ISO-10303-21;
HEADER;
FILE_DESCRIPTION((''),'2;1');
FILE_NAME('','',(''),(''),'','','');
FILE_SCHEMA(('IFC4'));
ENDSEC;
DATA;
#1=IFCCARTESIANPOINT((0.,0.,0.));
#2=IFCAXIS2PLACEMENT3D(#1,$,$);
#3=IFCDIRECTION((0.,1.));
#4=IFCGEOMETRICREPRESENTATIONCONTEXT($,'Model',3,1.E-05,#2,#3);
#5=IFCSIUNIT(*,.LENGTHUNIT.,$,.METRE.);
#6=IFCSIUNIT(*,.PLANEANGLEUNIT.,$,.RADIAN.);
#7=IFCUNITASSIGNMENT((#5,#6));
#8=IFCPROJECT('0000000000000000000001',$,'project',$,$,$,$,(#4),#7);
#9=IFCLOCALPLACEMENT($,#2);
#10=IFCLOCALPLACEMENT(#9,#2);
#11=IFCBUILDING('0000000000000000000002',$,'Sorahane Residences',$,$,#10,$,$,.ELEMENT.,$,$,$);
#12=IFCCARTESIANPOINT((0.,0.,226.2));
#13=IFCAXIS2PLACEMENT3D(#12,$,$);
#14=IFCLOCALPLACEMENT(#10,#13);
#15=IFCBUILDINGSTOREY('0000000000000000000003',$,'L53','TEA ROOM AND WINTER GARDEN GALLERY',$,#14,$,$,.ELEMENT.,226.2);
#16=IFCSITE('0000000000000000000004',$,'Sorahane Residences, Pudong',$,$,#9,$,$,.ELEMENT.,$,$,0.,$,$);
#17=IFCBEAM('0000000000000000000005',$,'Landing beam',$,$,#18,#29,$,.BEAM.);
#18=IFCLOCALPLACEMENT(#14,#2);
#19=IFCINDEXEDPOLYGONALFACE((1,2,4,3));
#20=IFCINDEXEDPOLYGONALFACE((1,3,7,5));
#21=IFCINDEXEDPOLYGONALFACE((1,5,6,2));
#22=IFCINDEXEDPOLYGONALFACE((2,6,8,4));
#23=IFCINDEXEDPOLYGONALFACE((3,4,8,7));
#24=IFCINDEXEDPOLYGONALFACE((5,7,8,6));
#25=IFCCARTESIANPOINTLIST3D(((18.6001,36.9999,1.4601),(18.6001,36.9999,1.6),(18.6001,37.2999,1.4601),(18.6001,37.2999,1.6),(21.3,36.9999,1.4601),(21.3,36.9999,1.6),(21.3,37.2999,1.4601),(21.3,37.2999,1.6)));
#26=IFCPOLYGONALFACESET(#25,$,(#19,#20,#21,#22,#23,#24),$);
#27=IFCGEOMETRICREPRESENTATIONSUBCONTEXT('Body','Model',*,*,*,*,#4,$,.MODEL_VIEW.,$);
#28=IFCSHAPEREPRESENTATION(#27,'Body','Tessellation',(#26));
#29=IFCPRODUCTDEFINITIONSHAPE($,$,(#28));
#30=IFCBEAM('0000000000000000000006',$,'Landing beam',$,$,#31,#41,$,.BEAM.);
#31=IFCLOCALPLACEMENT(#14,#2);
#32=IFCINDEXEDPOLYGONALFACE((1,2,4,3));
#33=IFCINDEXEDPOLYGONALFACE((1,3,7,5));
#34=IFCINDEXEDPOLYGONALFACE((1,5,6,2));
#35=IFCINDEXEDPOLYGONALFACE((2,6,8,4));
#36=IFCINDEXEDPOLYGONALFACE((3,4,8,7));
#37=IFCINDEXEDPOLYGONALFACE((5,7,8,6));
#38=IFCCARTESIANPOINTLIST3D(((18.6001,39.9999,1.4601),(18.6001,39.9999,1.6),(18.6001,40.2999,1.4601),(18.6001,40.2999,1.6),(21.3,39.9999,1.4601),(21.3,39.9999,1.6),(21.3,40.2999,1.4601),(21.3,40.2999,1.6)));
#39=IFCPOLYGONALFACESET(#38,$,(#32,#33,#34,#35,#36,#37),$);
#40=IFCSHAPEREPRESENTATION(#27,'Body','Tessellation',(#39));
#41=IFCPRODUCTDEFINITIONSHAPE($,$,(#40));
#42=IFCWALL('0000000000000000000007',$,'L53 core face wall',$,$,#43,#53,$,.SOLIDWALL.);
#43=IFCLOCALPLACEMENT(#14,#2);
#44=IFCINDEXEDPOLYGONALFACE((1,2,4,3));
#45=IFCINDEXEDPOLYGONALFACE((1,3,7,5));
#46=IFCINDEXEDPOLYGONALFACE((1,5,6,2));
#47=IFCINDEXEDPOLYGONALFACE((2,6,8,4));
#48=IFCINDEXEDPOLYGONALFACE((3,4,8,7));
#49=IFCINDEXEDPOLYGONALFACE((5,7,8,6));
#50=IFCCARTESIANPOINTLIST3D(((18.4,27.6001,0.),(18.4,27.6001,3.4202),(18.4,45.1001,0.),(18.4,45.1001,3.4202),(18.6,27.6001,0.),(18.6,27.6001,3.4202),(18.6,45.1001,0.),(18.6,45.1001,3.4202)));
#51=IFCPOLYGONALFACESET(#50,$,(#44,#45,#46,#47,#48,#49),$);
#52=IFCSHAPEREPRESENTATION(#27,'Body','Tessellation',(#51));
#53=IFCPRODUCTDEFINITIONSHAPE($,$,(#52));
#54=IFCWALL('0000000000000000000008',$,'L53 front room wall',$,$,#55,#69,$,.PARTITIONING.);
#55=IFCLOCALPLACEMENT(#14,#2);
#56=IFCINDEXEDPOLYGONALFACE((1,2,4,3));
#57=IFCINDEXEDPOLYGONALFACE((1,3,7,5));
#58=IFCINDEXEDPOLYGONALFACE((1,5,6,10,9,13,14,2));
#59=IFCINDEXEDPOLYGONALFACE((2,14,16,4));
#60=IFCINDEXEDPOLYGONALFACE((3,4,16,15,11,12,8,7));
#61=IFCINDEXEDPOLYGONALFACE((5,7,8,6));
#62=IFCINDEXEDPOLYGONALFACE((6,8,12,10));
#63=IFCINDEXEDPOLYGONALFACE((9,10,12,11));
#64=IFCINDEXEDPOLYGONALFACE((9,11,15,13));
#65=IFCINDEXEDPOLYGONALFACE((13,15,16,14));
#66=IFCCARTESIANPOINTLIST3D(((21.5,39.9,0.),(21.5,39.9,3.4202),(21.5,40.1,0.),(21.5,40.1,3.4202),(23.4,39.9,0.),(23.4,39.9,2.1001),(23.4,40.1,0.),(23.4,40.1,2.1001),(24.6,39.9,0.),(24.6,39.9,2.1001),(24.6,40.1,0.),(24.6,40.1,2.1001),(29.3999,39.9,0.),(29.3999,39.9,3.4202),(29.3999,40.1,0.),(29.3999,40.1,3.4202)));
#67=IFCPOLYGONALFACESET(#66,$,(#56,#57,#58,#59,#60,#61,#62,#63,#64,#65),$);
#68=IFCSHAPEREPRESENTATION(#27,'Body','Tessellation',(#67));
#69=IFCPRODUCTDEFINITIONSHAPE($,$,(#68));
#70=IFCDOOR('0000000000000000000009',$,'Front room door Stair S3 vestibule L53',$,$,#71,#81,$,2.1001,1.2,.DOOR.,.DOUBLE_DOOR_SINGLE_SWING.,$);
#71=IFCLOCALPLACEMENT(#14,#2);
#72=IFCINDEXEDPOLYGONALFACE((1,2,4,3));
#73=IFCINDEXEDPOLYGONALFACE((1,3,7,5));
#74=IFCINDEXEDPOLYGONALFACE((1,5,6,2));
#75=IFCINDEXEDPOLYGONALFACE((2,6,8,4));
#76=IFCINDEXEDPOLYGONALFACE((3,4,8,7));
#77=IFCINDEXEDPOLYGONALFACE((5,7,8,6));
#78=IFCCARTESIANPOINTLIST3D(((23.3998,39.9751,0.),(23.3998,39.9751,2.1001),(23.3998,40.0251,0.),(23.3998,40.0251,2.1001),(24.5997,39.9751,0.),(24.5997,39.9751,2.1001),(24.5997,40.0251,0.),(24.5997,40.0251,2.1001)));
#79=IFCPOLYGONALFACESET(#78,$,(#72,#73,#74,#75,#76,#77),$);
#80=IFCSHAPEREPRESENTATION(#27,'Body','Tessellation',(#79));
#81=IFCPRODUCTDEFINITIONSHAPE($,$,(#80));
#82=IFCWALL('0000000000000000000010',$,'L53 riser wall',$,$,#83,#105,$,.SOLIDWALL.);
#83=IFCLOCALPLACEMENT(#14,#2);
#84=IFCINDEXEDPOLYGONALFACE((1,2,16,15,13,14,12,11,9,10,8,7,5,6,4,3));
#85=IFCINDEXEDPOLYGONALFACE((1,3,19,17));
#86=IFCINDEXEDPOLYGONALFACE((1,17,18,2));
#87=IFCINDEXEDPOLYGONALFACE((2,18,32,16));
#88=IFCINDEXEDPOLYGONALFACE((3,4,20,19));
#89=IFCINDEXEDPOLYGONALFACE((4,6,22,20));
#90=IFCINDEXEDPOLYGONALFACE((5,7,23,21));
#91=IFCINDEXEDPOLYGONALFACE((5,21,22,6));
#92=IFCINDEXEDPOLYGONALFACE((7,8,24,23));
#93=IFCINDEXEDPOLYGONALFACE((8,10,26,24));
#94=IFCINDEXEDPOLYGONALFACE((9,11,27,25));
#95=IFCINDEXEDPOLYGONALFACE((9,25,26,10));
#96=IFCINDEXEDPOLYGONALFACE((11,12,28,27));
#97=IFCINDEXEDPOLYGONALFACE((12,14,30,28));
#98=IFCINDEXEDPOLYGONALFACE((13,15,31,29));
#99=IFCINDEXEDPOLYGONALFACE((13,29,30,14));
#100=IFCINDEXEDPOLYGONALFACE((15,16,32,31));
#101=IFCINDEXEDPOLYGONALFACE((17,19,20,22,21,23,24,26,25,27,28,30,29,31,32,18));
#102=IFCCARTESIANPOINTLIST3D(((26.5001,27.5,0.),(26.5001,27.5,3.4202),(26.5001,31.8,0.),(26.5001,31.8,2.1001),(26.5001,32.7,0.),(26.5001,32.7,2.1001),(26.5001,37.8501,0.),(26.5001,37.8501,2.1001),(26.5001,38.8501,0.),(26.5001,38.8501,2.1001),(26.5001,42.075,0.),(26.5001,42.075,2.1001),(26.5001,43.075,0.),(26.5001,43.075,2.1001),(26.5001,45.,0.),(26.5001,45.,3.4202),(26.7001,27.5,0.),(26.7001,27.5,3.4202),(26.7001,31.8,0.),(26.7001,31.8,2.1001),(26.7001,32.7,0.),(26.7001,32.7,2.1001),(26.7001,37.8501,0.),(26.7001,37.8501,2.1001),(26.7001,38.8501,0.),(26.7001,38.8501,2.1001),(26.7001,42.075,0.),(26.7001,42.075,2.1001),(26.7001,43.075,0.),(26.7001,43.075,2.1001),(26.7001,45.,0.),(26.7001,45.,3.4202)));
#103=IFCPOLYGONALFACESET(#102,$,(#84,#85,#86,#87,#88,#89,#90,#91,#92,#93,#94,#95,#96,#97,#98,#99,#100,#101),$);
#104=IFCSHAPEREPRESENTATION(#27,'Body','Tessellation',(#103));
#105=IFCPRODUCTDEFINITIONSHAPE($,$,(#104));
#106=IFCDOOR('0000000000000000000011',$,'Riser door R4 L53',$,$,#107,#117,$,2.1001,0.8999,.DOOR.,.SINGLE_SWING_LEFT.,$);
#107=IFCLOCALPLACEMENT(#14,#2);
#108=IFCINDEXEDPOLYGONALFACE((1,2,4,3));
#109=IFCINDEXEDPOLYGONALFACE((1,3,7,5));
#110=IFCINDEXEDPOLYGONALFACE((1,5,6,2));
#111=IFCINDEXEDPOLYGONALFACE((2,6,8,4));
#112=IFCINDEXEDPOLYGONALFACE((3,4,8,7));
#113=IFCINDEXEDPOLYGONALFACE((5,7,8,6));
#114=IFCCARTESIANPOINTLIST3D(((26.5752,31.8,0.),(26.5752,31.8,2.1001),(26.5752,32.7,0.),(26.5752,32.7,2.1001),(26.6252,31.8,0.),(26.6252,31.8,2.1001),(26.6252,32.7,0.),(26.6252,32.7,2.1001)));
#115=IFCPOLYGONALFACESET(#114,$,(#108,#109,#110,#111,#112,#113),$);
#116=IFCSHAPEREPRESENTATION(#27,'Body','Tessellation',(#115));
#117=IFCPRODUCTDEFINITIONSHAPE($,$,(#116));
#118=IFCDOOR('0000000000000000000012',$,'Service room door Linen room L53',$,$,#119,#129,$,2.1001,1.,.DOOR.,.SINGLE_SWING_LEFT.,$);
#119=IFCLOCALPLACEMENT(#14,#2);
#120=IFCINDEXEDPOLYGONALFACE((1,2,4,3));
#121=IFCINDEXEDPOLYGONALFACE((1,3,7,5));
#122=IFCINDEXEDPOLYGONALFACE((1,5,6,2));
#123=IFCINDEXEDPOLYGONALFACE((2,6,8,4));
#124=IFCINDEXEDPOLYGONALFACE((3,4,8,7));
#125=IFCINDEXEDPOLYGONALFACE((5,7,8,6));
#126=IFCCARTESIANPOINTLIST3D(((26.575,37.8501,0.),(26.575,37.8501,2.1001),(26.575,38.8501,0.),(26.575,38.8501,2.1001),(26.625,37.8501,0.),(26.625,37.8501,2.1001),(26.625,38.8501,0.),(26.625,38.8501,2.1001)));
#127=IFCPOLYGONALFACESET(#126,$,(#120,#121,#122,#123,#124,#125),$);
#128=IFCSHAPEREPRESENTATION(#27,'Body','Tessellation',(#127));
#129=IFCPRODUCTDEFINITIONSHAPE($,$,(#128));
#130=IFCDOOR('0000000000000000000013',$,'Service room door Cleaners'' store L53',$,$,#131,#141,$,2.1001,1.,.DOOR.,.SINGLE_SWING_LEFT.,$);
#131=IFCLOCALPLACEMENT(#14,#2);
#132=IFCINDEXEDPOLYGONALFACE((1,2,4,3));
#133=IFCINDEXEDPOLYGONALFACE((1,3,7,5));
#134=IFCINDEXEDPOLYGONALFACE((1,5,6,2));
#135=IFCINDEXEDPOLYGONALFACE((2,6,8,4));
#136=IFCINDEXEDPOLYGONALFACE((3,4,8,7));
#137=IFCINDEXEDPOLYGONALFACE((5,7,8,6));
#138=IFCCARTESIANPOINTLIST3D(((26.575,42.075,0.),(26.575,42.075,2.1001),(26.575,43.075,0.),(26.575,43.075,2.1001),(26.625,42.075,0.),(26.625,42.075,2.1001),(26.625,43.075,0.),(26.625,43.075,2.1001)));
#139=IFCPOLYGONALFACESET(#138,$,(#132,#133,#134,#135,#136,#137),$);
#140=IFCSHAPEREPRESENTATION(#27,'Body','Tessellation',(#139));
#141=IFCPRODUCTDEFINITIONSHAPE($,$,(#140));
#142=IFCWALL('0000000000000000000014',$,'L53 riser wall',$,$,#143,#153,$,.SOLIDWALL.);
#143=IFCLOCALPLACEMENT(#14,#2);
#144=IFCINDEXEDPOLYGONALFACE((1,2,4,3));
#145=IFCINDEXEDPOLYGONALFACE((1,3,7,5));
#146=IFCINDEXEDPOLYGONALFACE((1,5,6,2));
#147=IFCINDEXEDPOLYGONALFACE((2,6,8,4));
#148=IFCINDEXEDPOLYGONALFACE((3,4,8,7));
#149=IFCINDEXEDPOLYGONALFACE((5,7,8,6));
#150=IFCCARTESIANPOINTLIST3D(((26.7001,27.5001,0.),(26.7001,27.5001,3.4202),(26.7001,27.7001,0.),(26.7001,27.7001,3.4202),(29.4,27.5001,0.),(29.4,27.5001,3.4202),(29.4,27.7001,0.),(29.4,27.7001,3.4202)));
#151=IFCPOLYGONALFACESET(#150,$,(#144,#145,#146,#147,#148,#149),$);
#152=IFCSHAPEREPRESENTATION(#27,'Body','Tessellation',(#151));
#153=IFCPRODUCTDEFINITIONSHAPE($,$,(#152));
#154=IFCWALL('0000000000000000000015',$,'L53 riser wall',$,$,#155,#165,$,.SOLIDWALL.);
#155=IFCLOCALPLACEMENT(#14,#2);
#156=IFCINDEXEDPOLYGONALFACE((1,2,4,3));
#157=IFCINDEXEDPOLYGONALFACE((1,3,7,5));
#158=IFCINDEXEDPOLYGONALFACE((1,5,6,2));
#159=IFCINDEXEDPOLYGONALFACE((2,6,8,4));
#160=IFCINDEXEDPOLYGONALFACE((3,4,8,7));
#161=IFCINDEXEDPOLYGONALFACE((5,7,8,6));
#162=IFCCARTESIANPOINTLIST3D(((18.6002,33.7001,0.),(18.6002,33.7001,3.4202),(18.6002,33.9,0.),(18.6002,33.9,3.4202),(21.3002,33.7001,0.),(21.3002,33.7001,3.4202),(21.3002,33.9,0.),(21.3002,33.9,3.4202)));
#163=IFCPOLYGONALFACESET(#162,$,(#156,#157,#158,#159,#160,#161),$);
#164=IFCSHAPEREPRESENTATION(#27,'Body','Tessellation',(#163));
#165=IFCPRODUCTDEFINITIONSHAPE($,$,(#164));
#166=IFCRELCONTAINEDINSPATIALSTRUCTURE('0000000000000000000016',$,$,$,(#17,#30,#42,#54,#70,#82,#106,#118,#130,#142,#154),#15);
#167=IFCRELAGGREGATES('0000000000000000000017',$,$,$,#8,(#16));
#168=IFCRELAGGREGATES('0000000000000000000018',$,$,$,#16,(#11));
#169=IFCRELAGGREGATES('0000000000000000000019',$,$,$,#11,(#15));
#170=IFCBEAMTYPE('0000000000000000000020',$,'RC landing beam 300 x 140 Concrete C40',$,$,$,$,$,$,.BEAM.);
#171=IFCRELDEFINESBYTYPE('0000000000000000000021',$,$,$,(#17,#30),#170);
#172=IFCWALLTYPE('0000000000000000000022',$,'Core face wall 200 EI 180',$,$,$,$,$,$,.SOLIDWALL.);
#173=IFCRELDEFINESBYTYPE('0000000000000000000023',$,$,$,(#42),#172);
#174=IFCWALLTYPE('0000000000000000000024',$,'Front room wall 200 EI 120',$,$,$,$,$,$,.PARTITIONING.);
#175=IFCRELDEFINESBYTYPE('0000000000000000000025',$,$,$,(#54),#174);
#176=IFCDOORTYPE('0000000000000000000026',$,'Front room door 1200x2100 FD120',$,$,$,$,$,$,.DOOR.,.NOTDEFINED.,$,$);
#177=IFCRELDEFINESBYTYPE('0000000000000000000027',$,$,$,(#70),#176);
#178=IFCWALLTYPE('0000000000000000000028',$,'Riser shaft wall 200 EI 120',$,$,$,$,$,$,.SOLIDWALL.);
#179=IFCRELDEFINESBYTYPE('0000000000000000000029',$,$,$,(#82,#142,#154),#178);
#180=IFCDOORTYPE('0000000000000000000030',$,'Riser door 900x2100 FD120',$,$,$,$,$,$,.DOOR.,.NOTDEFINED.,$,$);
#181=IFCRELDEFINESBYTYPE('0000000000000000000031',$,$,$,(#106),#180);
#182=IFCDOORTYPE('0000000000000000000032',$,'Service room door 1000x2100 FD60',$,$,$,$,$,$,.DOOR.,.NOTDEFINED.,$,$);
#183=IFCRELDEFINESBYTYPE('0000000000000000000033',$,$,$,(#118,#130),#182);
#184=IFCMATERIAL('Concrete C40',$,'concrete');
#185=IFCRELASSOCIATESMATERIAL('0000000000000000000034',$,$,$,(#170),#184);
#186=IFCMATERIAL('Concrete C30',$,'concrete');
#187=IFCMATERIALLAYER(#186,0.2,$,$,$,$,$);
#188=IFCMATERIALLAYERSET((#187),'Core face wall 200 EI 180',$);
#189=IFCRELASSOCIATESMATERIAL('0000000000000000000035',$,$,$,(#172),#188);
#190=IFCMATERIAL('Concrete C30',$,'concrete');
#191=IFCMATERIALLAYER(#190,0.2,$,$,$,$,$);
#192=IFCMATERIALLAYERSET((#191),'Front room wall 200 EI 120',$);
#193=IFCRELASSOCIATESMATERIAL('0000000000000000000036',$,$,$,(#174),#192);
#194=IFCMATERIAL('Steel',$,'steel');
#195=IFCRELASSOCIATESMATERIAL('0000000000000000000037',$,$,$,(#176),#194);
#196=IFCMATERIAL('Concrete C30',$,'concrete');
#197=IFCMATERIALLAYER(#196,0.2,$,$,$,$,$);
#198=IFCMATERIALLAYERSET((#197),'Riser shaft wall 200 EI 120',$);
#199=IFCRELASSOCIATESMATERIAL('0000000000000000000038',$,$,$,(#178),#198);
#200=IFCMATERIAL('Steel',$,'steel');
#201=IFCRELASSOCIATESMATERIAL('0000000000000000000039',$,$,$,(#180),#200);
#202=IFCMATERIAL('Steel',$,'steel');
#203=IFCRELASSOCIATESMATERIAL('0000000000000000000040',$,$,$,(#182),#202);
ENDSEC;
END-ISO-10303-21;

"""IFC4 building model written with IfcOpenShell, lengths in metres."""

from ifc_helpers import new_model, si_unit, direction, frame, frame_2d, origin, origin_2d, place, context, subcontext, project, spatial, rectangle, extrude, material, layer, layer_set, material_profile, profile_set, type_object, element, fill, save


model = new_model("IFC4")

# Units and contexts
model_context = context("Model", 3, precision=1e-05, world=origin(), true_north=direction((0.0, 1.0)))
body_context = subcontext(model_context, "Body", "Model", "MODEL_VIEW")
ifc_project = project(units=[si_unit("LENGTHUNIT", "METRE"), si_unit("PLANEANGLEUNIT", "RADIAN")], contexts=[model_context])

# Site, building, storey
site_placement = place(None, origin())
site = spatial("IfcSite", under=ifc_project, at=site_placement, Name="Sorahane Residences, Pudong", CompositionType="ELEMENT", RefElevation=0.0)
building_placement = place(site_placement, origin())
building = spatial("IfcBuilding", under=site, at=building_placement, Name="Sorahane Residences", CompositionType="ELEMENT")
storey_placement = place(building_placement, frame((0.0, 0.0, 226.2)))
storey = spatial("IfcBuildingStorey", under=building, at=storey_placement, Name="L53", Description="TEA ROOM AND WINTER GARDEN GALLERY", CompositionType="ELEMENT", Elevation=226.2)

# Beams
ifc_material_1 = material(Name="Concrete C40", Category="concrete")
ifc_material_profile = material_profile(ifc_material_1, rectangle(XDim=0.3, YDim=0.1399, at=origin_2d()), Name="300x140")
ifc_profile_set = profile_set([ifc_material_profile], Name="Concrete C40")
beam_type = type_object("IfcBeamType", Name="RC landing beam 300 x 140 Concrete C40", PredefinedType="BEAM", material=ifc_profile_set)
for number, where, z_axis, x_axis, name in (
    (1, (18.6001, 37.1499, 1.53), (1.0, 0.0, 0.0), (0.0, 1.0, 0.0), "Landing beam"),
    (2, (18.6001, 40.1499, 1.53), (1.0, 0.0, 0.0), (0.0, 1.0, 0.0), "Landing beam"),
):
    element("IfcBeam", number, at=place(storey_placement, frame(where, z_axis=z_axis, x_axis=x_axis)), inside=storey, type_object=beam_type, Name=name, PredefinedType="BEAM", context=body_context, shape_type="SweptSolid", body=[
        extrude(rectangle(XDim=0.3, YDim=0.1399, at=origin_2d()), origin(), (0.0, 0.0, 1.0), 2.7),
    ])

# Wall
ifc_material_2 = material(Name="Concrete C30", Category="concrete")
ifc_layer_1 = layer(ifc_material_2, 0.2)
ifc_layer_set_1 = layer_set([ifc_layer_1], Name="Core face wall 200 EI 180")
wall_type_1 = type_object("IfcWallType", Name="Core face wall 200 EI 180", PredefinedType="SOLIDWALL", material=ifc_layer_set_1)
wall_1_placement = place(storey_placement, frame((18.5, 27.6001, 0.0), z_axis=(0.0, 0.0, 1.0), x_axis=(0.0, 1.0, 0.0)))
element("IfcWall", 3, at=wall_1_placement, inside=storey, type_object=wall_type_1, Name="L53 core face wall", PredefinedType="SOLIDWALL", context=body_context, shape_type="SweptSolid", body=[
    extrude(rectangle(XDim=17.5, YDim=0.2, at=frame_2d((8.75, 0.0))), origin(), (0.0, 0.0, 1.0), 3.4202),
])

# Wall, opening, door
ifc_material_3 = material(Name="Concrete C30", Category="concrete")
ifc_layer_2 = layer(ifc_material_3, 0.2)
ifc_layer_set_2 = layer_set([ifc_layer_2], Name="Front room wall 200 EI 120")
wall_type_2 = type_object("IfcWallType", Name="Front room wall 200 EI 120", PredefinedType="PARTITIONING", material=ifc_layer_set_2)
wall_2_placement = place(storey_placement, frame((21.5, 40.0, 0.0), z_axis=(0.0, 0.0, 1.0), x_axis=(1.0, 0.0, 0.0)))
wall_2 = element("IfcWall", 4, at=wall_2_placement, inside=storey, type_object=wall_type_2, Name="L53 front room wall", PredefinedType="PARTITIONING", context=body_context, shape_type="SweptSolid", body=[
    extrude(rectangle(XDim=7.8999, YDim=0.2, at=frame_2d((3.95, 0.0))), origin(), (0.0, 0.0, 1.0), 3.4202),
])
opening_1_placement = place(wall_2_placement, frame((1.8999, 0.0, 0.0)))
opening_1 = element("IfcOpeningElement", 5, at=opening_1_placement, cuts=wall_2, PredefinedType="OPENING", context=body_context, shape_type="SweptSolid", body=[
    extrude(rectangle(XDim=1.2, YDim=2.1001, at=frame_2d((0.6001, 1.05))), frame((0.0, 0.1099, 0.0), z_axis=(0.0, -1.0, 0.0), x_axis=(1.0, 0.0, 0.0)), (0.0, 0.0, 1.0), 0.22),
])
ifc_material_4 = material(Name="Steel", Category="steel")
door_type_1 = type_object("IfcDoorType", Name="Front room door 1200x2100 FD120", OperationType="NOTDEFINED", PredefinedType="DOOR", material=ifc_material_4)
door_1_placement = place(opening_1_placement, frame((1.2, 0.0, 0.0), z_axis=(0.0, 0.0, 1.0), x_axis=(-1.0, 0.0, 0.0)))
door_1 = element("IfcDoor", 6, at=door_1_placement, inside=storey, type_object=door_type_1, Name="Front room door Stair S3 vestibule L53", OperationType="DOUBLE_DOOR_SINGLE_SWING", OverallHeight=2.1001, OverallWidth=1.2, PredefinedType="DOOR", context=body_context, shape_type="SweptSolid", body=[
    extrude(rectangle(XDim=1.2, YDim=2.1001, at=frame_2d((0.6001, 1.05))), frame((0.0, 0.0249, 0.0), z_axis=(0.0, -1.0, 0.0), x_axis=(1.0, 0.0, 0.0)), (0.0, 0.0, 1.0), 0.05),
])
fill(opening_1, door_1)

# Wall, openings, doors
ifc_material_5 = material(Name="Concrete C30", Category="concrete")
ifc_layer_3 = layer(ifc_material_5, 0.2)
ifc_layer_set_3 = layer_set([ifc_layer_3], Name="Riser shaft wall 200 EI 120")
wall_type_3 = type_object("IfcWallType", Name="Riser shaft wall 200 EI 120", PredefinedType="SOLIDWALL", material=ifc_layer_set_3)
wall_3_placement = place(storey_placement, frame((26.6001, 27.5, 0.0), z_axis=(0.0, 0.0, 1.0), x_axis=(0.0, 1.0, 0.0)))
wall_3 = element("IfcWall", 7, at=wall_3_placement, inside=storey, type_object=wall_type_3, Name="L53 riser wall", PredefinedType="SOLIDWALL", context=body_context, shape_type="SweptSolid", body=[
    extrude(rectangle(XDim=17.5, YDim=0.2, at=frame_2d((8.75, 0.0))), origin(), (0.0, 0.0, 1.0), 3.4202),
])
opening_2_placement = place(wall_3_placement, frame((4.3, 0.0, 0.0)))
opening_2 = element("IfcOpeningElement", 8, at=opening_2_placement, cuts=wall_3, PredefinedType="OPENING", context=body_context, shape_type="SweptSolid", body=[
    extrude(rectangle(XDim=0.8999, YDim=2.1001, at=frame_2d((0.45, 1.05))), frame((0.0, 0.1099, 0.0), z_axis=(0.0, -1.0, 0.0), x_axis=(1.0, 0.0, 0.0)), (0.0, 0.0, 1.0), 0.22),
])
opening_3_placement = place(wall_3_placement, frame((10.3501, 0.0, 0.0)))
opening_3 = element("IfcOpeningElement", 9, at=opening_3_placement, cuts=wall_3, PredefinedType="OPENING", context=body_context, shape_type="SweptSolid", body=[
    extrude(rectangle(XDim=1.0, YDim=2.1001, at=frame_2d((0.5, 1.05))), frame((0.0, 0.1099, 0.0), z_axis=(0.0, -1.0, 0.0), x_axis=(1.0, 0.0, 0.0)), (0.0, 0.0, 1.0), 0.22),
])
opening_4_placement = place(wall_3_placement, frame((14.575, 0.0, 0.0)))
opening_4 = element("IfcOpeningElement", 10, at=opening_4_placement, cuts=wall_3, PredefinedType="OPENING", context=body_context, shape_type="SweptSolid", body=[
    extrude(rectangle(XDim=1.0, YDim=2.1001, at=frame_2d((0.5, 1.05))), frame((0.0, 0.1099, 0.0), z_axis=(0.0, -1.0, 0.0), x_axis=(1.0, 0.0, 0.0)), (0.0, 0.0, 1.0), 0.22),
])
ifc_material_6 = material(Name="Steel", Category="steel")
door_type_2 = type_object("IfcDoorType", Name="Riser door 900x2100 FD120", OperationType="NOTDEFINED", PredefinedType="DOOR", material=ifc_material_6)
door_2_placement = place(opening_2_placement, origin())
door_2 = element("IfcDoor", 11, at=door_2_placement, inside=storey, type_object=door_type_2, Name="Riser door R4 L53", OperationType="SINGLE_SWING_LEFT", OverallHeight=2.1001, OverallWidth=0.8999, PredefinedType="DOOR", context=body_context, shape_type="SweptSolid", body=[
    extrude(rectangle(XDim=0.8999, YDim=2.1001, at=frame_2d((0.45, 1.05))), frame((0.0, 0.0249, 0.0), z_axis=(0.0, -1.0, 0.0), x_axis=(1.0, 0.0, 0.0)), (0.0, 0.0, 1.0), 0.05),
])
fill(opening_2, door_2)
ifc_material_7 = material(Name="Steel", Category="steel")
door_type_3 = type_object("IfcDoorType", Name="Service room door 1000x2100 FD60", OperationType="NOTDEFINED", PredefinedType="DOOR", material=ifc_material_7)
door_3_placement = place(opening_3_placement, frame((1.0, 0.0, 0.0), z_axis=(0.0, 0.0, 1.0), x_axis=(-1.0, 0.0, 0.0)))
door_3 = element("IfcDoor", 12, at=door_3_placement, inside=storey, type_object=door_type_3, Name="Service room door Linen room L53", OperationType="SINGLE_SWING_LEFT", OverallHeight=2.1001, OverallWidth=1.0, PredefinedType="DOOR", context=body_context, shape_type="SweptSolid", body=[
    extrude(rectangle(XDim=1.0, YDim=2.1001, at=frame_2d((0.5, 1.05))), frame((0.0, 0.0249, 0.0), z_axis=(0.0, -1.0, 0.0), x_axis=(1.0, 0.0, 0.0)), (0.0, 0.0, 1.0), 0.05),
])
fill(opening_3, door_3)
door_4_placement = place(opening_4_placement, frame((1.0, 0.0, 0.0), z_axis=(0.0, 0.0, 1.0), x_axis=(-1.0, 0.0, 0.0)))
door_4 = element("IfcDoor", 13, at=door_4_placement, inside=storey, type_object=door_type_3, Name="Service room door Cleaners' store L53", OperationType="SINGLE_SWING_LEFT", OverallHeight=2.1001, OverallWidth=1.0, PredefinedType="DOOR", context=body_context, shape_type="SweptSolid", body=[
    extrude(rectangle(XDim=1.0, YDim=2.1001, at=frame_2d((0.5, 1.05))), frame((0.0, 0.0249, 0.0), z_axis=(0.0, -1.0, 0.0), x_axis=(1.0, 0.0, 0.0)), (0.0, 0.0, 1.0), 0.05),
])
fill(opening_4, door_4)

# Walls
for number, where, z_axis, x_axis, name in (
    (14, (26.7, 27.6001, 0.0), (0.0, 0.0, 1.0), (1.0, 0.0, 0.0), "L53 riser wall"),
    (15, (18.6001, 33.8, 0.0), (0.0, 0.0, 1.0), (1.0, 0.0, 0.0), "L53 riser wall"),
):
    element("IfcWall", number, at=place(storey_placement, frame(where, z_axis=z_axis, x_axis=x_axis)), inside=storey, type_object=wall_type_3, Name=name, PredefinedType="SOLIDWALL", context=body_context, shape_type="SweptSolid", body=[
        extrude(rectangle(XDim=2.7, YDim=0.2, at=frame_2d((1.3501, 0.0))), origin(), (0.0, 0.0, 1.0), 3.4202),
    ])

save(model, "model.ifc")
